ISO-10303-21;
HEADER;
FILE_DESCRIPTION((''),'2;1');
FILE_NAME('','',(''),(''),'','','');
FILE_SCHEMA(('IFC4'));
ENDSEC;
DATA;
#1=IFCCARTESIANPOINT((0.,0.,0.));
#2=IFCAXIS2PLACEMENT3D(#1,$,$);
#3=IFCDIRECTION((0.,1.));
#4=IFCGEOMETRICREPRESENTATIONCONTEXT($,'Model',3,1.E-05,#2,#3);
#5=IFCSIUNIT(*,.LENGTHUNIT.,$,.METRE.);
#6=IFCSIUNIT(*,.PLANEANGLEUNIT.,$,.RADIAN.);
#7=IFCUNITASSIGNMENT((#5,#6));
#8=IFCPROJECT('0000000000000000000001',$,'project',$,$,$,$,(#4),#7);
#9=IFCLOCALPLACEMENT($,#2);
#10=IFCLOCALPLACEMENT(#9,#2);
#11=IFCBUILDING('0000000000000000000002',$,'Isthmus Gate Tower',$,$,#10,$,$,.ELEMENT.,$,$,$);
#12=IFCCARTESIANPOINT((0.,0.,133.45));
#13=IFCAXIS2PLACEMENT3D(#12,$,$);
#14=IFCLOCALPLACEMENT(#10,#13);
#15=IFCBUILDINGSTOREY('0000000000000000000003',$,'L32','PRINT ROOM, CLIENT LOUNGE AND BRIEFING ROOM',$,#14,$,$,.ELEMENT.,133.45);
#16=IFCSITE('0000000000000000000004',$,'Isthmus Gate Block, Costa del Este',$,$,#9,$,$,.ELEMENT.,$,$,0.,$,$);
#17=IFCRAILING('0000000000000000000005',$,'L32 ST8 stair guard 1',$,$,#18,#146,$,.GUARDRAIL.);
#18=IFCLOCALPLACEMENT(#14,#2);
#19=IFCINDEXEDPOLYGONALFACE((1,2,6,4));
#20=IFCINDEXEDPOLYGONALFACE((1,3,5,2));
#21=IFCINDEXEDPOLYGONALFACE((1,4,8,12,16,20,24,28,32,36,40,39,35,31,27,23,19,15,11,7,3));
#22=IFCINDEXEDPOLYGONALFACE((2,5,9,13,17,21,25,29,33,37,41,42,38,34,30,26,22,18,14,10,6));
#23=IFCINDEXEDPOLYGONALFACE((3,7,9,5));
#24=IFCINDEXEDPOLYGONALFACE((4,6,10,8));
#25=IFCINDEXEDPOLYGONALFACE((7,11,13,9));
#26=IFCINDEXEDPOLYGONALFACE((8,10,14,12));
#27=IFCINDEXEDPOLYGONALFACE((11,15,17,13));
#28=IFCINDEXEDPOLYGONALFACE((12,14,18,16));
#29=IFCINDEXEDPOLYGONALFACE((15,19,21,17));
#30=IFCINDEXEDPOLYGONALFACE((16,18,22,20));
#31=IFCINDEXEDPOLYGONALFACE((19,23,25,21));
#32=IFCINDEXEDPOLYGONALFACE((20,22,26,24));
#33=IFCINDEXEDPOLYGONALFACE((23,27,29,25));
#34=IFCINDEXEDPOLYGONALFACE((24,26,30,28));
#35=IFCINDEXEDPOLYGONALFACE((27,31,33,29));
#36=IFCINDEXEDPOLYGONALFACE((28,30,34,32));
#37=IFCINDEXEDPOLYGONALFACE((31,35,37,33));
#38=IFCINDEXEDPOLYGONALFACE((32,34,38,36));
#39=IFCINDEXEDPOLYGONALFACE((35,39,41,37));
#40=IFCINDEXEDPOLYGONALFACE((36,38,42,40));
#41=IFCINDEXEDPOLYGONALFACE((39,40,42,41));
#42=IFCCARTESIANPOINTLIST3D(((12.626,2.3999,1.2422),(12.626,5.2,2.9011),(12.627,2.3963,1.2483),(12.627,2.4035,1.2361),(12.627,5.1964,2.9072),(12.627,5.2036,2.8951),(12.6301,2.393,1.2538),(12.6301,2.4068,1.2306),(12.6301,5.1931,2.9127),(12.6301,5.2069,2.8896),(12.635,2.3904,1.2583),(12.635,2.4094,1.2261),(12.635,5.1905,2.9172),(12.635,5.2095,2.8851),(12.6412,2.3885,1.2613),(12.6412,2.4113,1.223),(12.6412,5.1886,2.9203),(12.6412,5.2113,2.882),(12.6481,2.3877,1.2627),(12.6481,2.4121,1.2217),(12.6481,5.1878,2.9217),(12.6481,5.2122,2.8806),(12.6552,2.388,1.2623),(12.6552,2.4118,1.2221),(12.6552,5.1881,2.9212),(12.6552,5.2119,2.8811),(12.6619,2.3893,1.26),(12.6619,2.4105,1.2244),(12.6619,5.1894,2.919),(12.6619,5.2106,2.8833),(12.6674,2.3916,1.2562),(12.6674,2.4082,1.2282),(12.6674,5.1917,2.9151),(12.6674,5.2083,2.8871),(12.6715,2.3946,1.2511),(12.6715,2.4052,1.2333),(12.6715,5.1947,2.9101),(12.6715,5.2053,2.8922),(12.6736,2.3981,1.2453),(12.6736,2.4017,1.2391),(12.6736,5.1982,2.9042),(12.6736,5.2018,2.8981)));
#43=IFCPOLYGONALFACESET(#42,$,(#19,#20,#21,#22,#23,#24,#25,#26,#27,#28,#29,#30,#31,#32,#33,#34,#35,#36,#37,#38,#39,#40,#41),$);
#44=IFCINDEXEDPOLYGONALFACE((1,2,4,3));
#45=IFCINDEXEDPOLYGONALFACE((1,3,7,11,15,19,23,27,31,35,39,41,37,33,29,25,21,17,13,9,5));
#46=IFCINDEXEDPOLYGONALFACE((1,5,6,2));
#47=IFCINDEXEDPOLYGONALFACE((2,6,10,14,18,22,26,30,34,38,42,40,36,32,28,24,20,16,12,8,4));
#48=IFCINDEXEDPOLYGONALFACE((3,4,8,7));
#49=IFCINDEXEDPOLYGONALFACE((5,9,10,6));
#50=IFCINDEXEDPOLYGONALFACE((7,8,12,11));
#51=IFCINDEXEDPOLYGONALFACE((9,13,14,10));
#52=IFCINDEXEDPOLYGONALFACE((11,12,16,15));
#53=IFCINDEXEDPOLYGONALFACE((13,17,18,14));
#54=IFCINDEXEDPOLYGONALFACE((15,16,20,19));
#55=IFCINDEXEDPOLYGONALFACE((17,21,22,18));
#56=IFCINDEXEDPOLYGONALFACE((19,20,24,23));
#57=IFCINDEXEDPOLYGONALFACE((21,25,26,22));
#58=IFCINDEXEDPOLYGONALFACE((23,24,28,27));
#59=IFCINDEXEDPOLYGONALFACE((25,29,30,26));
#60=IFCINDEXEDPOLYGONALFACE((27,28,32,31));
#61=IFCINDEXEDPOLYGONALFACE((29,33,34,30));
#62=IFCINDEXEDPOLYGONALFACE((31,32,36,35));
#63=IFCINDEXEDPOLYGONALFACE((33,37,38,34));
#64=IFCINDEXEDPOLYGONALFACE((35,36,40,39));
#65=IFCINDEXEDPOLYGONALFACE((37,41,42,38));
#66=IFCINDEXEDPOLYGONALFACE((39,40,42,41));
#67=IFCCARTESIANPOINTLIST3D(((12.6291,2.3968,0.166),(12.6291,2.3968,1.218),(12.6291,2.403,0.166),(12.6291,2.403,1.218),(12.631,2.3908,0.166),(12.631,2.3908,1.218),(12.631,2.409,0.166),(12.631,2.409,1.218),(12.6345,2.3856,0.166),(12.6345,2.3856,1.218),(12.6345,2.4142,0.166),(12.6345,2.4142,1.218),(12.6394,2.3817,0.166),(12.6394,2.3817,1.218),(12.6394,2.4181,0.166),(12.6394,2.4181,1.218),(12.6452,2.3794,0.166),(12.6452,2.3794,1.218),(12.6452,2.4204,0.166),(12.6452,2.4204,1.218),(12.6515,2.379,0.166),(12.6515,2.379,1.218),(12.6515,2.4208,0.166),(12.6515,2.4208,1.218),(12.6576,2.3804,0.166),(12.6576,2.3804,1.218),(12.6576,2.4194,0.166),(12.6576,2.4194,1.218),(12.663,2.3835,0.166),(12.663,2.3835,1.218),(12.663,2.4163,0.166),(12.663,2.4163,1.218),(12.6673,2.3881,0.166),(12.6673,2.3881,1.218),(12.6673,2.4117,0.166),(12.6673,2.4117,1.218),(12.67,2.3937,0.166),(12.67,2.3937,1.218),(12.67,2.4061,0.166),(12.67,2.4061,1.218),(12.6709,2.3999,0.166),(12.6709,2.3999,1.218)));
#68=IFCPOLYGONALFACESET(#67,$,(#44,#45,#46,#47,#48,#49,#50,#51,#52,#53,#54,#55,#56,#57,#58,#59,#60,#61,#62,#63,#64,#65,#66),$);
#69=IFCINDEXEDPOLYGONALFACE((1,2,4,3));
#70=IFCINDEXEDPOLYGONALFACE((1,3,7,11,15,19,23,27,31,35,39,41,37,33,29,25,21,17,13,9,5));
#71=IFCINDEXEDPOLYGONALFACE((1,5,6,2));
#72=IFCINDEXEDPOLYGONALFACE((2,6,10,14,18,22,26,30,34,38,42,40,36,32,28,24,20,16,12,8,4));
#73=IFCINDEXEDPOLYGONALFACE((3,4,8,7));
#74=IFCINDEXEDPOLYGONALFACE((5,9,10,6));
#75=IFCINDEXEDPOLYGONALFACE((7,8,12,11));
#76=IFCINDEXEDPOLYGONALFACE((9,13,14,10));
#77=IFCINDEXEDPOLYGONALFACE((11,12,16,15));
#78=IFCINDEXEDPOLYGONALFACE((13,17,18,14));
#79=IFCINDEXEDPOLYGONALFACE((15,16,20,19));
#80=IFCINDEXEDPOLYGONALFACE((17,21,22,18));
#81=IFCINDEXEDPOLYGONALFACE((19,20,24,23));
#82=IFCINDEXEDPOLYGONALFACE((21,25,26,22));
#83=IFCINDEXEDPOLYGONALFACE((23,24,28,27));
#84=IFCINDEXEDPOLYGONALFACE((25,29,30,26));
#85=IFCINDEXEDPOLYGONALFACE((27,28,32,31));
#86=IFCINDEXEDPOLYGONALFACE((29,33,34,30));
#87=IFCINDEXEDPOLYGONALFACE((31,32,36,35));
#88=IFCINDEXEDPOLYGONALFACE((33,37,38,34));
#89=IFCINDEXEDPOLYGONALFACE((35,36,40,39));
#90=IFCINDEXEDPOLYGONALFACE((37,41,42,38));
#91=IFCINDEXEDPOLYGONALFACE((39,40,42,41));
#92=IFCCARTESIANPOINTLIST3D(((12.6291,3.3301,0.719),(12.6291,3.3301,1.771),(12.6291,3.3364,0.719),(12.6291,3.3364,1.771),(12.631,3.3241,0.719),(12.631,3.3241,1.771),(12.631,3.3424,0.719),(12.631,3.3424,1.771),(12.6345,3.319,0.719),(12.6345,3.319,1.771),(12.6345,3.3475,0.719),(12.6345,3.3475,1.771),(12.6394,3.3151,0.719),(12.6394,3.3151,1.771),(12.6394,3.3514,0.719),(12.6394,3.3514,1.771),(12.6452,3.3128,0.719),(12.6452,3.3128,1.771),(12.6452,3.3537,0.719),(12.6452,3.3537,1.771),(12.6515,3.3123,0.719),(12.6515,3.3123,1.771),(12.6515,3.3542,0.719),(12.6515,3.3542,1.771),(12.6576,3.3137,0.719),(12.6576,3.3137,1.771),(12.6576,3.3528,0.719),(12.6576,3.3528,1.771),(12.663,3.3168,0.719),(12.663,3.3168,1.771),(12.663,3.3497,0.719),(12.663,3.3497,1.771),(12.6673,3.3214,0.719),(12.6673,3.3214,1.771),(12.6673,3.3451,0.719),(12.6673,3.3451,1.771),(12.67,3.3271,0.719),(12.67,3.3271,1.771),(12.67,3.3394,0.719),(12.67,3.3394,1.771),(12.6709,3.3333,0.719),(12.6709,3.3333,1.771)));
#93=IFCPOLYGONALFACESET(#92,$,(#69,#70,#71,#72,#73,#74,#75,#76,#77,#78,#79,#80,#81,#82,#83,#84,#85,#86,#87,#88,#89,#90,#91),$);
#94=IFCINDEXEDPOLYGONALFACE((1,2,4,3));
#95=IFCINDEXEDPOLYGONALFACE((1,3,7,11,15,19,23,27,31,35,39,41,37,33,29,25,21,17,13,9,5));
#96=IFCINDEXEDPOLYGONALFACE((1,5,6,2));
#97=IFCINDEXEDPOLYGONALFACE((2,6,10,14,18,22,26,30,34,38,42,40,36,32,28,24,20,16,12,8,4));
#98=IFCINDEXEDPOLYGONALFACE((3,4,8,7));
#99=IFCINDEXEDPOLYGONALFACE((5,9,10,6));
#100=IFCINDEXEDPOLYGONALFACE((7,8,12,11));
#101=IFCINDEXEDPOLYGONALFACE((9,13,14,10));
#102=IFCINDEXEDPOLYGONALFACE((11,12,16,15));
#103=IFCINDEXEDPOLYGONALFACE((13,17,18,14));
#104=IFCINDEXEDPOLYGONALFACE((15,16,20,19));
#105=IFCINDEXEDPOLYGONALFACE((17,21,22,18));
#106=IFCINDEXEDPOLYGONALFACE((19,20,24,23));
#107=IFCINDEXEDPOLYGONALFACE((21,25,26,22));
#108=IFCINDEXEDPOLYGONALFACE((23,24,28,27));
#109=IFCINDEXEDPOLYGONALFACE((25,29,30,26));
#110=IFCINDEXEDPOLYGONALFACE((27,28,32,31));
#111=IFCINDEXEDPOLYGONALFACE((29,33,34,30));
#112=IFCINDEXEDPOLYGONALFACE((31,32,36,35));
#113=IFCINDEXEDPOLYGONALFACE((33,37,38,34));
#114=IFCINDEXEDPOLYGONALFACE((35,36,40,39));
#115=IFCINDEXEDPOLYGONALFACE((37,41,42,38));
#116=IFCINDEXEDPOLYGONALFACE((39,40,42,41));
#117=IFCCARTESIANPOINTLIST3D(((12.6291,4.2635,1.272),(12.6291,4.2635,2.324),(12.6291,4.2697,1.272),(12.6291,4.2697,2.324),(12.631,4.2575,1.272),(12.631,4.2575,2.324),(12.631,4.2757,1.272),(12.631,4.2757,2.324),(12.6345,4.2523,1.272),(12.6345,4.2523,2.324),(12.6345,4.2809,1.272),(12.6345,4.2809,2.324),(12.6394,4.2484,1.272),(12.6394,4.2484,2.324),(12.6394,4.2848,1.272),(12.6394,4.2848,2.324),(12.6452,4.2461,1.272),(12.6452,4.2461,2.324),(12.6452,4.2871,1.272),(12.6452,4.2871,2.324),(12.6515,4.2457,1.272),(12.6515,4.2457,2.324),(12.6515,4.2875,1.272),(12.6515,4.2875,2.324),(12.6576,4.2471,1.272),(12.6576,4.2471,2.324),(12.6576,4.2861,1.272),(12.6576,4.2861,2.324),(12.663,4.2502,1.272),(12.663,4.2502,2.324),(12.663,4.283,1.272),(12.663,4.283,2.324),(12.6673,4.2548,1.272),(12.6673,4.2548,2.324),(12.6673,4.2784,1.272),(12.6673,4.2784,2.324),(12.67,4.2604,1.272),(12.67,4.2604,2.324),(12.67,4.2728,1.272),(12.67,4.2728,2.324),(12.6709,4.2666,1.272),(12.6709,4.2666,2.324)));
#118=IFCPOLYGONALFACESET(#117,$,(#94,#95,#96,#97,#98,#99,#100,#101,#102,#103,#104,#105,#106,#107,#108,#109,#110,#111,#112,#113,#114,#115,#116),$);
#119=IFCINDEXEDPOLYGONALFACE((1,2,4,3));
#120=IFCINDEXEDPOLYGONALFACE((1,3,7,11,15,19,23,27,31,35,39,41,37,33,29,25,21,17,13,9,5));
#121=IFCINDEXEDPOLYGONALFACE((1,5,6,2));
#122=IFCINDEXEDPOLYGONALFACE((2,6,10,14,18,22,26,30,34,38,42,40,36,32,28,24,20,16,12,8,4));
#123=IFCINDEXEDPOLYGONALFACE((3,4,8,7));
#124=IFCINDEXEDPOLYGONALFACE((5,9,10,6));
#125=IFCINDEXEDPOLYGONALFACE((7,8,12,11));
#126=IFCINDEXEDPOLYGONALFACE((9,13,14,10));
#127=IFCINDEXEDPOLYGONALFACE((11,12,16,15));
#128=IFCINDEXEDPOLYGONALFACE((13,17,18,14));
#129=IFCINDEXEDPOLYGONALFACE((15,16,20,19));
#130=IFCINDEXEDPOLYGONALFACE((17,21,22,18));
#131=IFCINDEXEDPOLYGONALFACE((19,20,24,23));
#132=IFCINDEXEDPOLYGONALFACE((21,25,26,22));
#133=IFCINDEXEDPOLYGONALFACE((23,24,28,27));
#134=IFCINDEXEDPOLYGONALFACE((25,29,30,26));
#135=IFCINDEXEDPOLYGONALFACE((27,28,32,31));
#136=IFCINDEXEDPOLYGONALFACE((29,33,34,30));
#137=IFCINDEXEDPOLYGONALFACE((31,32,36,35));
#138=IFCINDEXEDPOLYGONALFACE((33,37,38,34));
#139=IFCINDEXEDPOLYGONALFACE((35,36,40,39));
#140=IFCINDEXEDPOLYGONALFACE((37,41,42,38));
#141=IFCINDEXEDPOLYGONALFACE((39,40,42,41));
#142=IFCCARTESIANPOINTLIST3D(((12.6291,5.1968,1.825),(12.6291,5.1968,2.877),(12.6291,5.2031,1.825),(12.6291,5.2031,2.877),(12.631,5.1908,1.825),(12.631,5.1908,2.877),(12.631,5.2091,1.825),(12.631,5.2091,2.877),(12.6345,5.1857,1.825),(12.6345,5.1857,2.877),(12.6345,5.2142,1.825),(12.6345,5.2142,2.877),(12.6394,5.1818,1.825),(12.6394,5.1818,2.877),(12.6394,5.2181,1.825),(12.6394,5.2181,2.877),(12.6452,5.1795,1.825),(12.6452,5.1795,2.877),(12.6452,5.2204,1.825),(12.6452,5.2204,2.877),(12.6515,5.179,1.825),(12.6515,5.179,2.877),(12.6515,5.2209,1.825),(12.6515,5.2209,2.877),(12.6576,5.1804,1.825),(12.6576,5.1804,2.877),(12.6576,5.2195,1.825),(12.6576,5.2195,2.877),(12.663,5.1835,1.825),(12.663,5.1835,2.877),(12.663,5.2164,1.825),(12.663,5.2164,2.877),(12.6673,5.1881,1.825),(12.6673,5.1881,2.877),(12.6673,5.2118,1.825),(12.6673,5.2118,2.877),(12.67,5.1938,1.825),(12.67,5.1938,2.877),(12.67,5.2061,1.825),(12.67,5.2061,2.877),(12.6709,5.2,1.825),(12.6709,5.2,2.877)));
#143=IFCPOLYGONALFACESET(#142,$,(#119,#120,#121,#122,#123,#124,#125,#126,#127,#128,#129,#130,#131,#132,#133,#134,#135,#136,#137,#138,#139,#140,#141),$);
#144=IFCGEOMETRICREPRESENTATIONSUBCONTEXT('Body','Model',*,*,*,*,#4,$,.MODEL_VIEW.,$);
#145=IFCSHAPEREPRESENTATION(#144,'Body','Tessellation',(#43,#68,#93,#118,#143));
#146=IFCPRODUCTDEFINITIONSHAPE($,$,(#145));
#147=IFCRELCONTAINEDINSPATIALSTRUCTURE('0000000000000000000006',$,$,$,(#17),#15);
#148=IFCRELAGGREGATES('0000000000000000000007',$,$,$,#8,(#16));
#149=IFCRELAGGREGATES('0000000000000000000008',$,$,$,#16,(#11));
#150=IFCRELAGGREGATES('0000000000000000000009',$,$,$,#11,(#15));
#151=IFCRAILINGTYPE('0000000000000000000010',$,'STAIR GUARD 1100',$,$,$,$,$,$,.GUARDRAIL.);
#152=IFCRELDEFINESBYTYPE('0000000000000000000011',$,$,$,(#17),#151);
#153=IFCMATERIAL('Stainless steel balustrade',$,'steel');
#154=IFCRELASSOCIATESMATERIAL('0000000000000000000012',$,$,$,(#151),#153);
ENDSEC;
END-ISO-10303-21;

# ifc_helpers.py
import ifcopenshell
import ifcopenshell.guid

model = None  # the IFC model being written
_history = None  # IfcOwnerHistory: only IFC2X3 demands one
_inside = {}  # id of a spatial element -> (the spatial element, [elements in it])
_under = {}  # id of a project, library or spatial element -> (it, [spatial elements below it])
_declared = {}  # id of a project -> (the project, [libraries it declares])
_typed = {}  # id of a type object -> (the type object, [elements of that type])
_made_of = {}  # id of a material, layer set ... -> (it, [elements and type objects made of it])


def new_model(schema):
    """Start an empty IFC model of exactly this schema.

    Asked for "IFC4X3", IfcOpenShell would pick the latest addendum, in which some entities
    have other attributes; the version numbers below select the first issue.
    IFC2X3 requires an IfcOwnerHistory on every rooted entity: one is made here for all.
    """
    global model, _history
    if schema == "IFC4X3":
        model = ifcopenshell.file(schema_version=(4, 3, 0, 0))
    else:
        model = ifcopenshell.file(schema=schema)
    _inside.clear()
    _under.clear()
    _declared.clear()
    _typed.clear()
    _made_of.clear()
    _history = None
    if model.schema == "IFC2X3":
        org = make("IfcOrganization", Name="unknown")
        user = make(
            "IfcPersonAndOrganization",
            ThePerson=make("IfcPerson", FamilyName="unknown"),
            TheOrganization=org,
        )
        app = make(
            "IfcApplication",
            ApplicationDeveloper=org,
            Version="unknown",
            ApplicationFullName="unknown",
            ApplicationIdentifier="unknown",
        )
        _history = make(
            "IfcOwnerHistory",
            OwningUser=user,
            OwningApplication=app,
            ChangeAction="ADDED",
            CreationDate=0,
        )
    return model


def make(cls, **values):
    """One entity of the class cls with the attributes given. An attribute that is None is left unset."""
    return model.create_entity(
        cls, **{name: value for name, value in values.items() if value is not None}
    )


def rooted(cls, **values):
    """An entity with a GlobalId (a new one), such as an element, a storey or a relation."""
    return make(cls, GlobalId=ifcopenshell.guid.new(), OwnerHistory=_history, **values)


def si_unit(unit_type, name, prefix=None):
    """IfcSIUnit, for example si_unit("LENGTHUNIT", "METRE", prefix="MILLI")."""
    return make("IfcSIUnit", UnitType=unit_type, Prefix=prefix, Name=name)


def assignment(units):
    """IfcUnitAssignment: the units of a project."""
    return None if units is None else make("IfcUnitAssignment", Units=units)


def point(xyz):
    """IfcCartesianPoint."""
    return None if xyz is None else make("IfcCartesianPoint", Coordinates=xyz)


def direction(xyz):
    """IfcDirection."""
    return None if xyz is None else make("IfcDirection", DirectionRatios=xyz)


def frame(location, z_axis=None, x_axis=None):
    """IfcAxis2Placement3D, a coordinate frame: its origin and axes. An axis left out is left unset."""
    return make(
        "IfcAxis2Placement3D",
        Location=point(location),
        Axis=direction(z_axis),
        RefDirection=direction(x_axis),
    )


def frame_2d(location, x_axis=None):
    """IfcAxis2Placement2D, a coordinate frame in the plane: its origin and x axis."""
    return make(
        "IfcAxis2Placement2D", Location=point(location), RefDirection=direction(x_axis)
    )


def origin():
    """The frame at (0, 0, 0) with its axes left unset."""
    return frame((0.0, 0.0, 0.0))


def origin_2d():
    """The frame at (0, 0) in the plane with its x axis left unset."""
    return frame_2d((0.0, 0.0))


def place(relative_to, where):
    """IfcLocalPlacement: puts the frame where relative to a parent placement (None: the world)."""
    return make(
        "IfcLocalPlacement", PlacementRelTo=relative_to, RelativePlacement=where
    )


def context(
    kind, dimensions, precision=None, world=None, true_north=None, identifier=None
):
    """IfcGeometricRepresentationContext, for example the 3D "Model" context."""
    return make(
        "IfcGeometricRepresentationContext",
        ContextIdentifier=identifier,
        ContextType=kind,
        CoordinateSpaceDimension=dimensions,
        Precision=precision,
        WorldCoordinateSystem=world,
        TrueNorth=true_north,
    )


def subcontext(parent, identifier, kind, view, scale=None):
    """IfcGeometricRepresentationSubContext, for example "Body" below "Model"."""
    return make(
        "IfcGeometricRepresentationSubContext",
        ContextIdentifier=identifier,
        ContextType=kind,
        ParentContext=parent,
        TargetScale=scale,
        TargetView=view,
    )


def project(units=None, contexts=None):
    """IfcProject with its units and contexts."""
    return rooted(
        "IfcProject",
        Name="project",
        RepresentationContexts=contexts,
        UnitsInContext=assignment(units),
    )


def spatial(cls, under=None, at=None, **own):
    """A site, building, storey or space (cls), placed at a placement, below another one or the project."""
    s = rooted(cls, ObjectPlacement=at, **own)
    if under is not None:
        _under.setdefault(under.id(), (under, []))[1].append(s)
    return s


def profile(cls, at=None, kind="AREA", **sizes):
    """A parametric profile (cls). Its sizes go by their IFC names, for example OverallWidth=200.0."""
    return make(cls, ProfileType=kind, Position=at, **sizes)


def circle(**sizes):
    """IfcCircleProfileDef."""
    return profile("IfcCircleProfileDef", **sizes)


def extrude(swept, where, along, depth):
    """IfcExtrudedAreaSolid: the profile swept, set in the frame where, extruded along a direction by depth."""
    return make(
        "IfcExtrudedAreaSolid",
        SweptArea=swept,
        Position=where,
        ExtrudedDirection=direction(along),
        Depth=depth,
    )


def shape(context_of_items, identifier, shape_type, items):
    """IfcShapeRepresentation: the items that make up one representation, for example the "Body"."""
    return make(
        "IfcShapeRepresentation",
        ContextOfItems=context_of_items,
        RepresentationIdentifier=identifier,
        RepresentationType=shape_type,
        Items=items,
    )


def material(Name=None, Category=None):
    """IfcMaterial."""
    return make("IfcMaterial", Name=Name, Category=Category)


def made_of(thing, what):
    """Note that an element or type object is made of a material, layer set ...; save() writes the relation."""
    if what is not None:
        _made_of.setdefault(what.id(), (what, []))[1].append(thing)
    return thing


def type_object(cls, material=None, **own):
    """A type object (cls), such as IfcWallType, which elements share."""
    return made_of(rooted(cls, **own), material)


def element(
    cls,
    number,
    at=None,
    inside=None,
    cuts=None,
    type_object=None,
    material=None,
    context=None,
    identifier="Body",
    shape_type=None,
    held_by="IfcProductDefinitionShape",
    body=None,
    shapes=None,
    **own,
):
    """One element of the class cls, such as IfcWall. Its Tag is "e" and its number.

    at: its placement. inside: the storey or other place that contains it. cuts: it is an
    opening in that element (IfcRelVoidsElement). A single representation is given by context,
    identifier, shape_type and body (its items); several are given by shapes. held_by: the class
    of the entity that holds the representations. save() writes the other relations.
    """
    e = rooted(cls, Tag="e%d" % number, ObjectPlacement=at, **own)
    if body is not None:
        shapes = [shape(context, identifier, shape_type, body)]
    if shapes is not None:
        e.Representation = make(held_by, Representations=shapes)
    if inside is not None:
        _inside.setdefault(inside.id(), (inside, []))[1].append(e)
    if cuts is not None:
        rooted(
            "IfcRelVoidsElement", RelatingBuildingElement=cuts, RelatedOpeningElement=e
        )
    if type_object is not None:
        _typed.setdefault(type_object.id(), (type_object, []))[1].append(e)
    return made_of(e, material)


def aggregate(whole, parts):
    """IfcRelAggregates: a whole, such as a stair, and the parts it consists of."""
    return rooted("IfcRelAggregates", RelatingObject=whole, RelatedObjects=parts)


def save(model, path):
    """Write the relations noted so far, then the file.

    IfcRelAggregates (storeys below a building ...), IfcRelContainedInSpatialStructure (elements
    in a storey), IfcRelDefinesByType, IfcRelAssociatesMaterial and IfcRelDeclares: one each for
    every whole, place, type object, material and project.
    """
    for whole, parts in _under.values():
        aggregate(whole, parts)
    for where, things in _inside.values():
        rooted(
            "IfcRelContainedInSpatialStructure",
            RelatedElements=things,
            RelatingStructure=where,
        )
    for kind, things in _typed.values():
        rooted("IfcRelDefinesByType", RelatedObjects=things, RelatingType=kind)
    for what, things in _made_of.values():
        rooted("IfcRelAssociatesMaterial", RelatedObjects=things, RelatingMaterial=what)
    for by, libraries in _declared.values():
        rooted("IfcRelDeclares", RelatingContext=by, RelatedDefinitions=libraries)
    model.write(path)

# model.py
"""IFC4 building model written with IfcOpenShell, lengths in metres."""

from ifc_helpers import new_model, si_unit, direction, frame, origin, origin_2d, place, context, subcontext, project, spatial, circle, extrude, material, type_object, element, save


model = new_model("IFC4")

# Units and contexts
model_context = context("Model", 3, precision=1e-05, world=origin(), true_north=direction((0.0, 1.0)))
body_context = subcontext(model_context, "Body", "Model", "MODEL_VIEW")
ifc_project = project(units=[si_unit("LENGTHUNIT", "METRE"), si_unit("PLANEANGLEUNIT", "RADIAN")], contexts=[model_context])

# Site, building, storey
site_placement = place(None, origin())
site = spatial("IfcSite", under=ifc_project, at=site_placement, Name="Isthmus Gate Block, Costa del Este", CompositionType="ELEMENT", RefElevation=0.0)
building_placement = place(site_placement, origin())
building = spatial("IfcBuilding", under=site, at=building_placement, Name="Isthmus Gate Tower", CompositionType="ELEMENT")
storey_placement = place(building_placement, frame((0.0, 0.0, 133.45)))
storey = spatial("IfcBuildingStorey", under=building, at=storey_placement, Name="L32", Description="PRINT ROOM, CLIENT LOUNGE AND BRIEFING ROOM", CompositionType="ELEMENT", Elevation=133.45)

# Railing
ifc_material_1 = material(Name="Stainless steel balustrade", Category="steel")
railing_type_1 = type_object("IfcRailingType", Name="STAIR GUARD 1100", PredefinedType="GUARDRAIL", material=ifc_material_1)
railing_1_placement = place(storey_placement, frame((12.6499, 2.3999, 0.166)))
element("IfcRailing", 1, at=railing_1_placement, inside=storey, type_object=railing_type_1, Name="L32 ST8 stair guard 1", PredefinedType="GUARDRAIL", context=body_context, shape_type="SweptSolid", body=[
    extrude(circle(Radius=0.0239, at=origin_2d()), frame((0.0, 0.0, 1.0762), z_axis=(0.0, 0.860339, 0.509722), x_axis=(-1.0, 0.0, 0.0)), (0.0, 0.0, 1.0), 3.2546),
    extrude(circle(Radius=0.021, at=origin_2d()), origin(), (0.0, 0.0, 1.0), 1.052),
    extrude(circle(Radius=0.021, at=origin_2d()), frame((0.0, 0.9333, 0.553)), (0.0, 0.0, 1.0), 1.052),
    extrude(circle(Radius=0.021, at=origin_2d()), frame((0.0, 1.8667, 1.106)), (0.0, 0.0, 1.0), 1.052),
    extrude(circle(Radius=0.021, at=origin_2d()), frame((0.0, 2.8, 1.6589)), (0.0, 0.0, 1.0), 1.052),
])

save(model, "model.ifc")
